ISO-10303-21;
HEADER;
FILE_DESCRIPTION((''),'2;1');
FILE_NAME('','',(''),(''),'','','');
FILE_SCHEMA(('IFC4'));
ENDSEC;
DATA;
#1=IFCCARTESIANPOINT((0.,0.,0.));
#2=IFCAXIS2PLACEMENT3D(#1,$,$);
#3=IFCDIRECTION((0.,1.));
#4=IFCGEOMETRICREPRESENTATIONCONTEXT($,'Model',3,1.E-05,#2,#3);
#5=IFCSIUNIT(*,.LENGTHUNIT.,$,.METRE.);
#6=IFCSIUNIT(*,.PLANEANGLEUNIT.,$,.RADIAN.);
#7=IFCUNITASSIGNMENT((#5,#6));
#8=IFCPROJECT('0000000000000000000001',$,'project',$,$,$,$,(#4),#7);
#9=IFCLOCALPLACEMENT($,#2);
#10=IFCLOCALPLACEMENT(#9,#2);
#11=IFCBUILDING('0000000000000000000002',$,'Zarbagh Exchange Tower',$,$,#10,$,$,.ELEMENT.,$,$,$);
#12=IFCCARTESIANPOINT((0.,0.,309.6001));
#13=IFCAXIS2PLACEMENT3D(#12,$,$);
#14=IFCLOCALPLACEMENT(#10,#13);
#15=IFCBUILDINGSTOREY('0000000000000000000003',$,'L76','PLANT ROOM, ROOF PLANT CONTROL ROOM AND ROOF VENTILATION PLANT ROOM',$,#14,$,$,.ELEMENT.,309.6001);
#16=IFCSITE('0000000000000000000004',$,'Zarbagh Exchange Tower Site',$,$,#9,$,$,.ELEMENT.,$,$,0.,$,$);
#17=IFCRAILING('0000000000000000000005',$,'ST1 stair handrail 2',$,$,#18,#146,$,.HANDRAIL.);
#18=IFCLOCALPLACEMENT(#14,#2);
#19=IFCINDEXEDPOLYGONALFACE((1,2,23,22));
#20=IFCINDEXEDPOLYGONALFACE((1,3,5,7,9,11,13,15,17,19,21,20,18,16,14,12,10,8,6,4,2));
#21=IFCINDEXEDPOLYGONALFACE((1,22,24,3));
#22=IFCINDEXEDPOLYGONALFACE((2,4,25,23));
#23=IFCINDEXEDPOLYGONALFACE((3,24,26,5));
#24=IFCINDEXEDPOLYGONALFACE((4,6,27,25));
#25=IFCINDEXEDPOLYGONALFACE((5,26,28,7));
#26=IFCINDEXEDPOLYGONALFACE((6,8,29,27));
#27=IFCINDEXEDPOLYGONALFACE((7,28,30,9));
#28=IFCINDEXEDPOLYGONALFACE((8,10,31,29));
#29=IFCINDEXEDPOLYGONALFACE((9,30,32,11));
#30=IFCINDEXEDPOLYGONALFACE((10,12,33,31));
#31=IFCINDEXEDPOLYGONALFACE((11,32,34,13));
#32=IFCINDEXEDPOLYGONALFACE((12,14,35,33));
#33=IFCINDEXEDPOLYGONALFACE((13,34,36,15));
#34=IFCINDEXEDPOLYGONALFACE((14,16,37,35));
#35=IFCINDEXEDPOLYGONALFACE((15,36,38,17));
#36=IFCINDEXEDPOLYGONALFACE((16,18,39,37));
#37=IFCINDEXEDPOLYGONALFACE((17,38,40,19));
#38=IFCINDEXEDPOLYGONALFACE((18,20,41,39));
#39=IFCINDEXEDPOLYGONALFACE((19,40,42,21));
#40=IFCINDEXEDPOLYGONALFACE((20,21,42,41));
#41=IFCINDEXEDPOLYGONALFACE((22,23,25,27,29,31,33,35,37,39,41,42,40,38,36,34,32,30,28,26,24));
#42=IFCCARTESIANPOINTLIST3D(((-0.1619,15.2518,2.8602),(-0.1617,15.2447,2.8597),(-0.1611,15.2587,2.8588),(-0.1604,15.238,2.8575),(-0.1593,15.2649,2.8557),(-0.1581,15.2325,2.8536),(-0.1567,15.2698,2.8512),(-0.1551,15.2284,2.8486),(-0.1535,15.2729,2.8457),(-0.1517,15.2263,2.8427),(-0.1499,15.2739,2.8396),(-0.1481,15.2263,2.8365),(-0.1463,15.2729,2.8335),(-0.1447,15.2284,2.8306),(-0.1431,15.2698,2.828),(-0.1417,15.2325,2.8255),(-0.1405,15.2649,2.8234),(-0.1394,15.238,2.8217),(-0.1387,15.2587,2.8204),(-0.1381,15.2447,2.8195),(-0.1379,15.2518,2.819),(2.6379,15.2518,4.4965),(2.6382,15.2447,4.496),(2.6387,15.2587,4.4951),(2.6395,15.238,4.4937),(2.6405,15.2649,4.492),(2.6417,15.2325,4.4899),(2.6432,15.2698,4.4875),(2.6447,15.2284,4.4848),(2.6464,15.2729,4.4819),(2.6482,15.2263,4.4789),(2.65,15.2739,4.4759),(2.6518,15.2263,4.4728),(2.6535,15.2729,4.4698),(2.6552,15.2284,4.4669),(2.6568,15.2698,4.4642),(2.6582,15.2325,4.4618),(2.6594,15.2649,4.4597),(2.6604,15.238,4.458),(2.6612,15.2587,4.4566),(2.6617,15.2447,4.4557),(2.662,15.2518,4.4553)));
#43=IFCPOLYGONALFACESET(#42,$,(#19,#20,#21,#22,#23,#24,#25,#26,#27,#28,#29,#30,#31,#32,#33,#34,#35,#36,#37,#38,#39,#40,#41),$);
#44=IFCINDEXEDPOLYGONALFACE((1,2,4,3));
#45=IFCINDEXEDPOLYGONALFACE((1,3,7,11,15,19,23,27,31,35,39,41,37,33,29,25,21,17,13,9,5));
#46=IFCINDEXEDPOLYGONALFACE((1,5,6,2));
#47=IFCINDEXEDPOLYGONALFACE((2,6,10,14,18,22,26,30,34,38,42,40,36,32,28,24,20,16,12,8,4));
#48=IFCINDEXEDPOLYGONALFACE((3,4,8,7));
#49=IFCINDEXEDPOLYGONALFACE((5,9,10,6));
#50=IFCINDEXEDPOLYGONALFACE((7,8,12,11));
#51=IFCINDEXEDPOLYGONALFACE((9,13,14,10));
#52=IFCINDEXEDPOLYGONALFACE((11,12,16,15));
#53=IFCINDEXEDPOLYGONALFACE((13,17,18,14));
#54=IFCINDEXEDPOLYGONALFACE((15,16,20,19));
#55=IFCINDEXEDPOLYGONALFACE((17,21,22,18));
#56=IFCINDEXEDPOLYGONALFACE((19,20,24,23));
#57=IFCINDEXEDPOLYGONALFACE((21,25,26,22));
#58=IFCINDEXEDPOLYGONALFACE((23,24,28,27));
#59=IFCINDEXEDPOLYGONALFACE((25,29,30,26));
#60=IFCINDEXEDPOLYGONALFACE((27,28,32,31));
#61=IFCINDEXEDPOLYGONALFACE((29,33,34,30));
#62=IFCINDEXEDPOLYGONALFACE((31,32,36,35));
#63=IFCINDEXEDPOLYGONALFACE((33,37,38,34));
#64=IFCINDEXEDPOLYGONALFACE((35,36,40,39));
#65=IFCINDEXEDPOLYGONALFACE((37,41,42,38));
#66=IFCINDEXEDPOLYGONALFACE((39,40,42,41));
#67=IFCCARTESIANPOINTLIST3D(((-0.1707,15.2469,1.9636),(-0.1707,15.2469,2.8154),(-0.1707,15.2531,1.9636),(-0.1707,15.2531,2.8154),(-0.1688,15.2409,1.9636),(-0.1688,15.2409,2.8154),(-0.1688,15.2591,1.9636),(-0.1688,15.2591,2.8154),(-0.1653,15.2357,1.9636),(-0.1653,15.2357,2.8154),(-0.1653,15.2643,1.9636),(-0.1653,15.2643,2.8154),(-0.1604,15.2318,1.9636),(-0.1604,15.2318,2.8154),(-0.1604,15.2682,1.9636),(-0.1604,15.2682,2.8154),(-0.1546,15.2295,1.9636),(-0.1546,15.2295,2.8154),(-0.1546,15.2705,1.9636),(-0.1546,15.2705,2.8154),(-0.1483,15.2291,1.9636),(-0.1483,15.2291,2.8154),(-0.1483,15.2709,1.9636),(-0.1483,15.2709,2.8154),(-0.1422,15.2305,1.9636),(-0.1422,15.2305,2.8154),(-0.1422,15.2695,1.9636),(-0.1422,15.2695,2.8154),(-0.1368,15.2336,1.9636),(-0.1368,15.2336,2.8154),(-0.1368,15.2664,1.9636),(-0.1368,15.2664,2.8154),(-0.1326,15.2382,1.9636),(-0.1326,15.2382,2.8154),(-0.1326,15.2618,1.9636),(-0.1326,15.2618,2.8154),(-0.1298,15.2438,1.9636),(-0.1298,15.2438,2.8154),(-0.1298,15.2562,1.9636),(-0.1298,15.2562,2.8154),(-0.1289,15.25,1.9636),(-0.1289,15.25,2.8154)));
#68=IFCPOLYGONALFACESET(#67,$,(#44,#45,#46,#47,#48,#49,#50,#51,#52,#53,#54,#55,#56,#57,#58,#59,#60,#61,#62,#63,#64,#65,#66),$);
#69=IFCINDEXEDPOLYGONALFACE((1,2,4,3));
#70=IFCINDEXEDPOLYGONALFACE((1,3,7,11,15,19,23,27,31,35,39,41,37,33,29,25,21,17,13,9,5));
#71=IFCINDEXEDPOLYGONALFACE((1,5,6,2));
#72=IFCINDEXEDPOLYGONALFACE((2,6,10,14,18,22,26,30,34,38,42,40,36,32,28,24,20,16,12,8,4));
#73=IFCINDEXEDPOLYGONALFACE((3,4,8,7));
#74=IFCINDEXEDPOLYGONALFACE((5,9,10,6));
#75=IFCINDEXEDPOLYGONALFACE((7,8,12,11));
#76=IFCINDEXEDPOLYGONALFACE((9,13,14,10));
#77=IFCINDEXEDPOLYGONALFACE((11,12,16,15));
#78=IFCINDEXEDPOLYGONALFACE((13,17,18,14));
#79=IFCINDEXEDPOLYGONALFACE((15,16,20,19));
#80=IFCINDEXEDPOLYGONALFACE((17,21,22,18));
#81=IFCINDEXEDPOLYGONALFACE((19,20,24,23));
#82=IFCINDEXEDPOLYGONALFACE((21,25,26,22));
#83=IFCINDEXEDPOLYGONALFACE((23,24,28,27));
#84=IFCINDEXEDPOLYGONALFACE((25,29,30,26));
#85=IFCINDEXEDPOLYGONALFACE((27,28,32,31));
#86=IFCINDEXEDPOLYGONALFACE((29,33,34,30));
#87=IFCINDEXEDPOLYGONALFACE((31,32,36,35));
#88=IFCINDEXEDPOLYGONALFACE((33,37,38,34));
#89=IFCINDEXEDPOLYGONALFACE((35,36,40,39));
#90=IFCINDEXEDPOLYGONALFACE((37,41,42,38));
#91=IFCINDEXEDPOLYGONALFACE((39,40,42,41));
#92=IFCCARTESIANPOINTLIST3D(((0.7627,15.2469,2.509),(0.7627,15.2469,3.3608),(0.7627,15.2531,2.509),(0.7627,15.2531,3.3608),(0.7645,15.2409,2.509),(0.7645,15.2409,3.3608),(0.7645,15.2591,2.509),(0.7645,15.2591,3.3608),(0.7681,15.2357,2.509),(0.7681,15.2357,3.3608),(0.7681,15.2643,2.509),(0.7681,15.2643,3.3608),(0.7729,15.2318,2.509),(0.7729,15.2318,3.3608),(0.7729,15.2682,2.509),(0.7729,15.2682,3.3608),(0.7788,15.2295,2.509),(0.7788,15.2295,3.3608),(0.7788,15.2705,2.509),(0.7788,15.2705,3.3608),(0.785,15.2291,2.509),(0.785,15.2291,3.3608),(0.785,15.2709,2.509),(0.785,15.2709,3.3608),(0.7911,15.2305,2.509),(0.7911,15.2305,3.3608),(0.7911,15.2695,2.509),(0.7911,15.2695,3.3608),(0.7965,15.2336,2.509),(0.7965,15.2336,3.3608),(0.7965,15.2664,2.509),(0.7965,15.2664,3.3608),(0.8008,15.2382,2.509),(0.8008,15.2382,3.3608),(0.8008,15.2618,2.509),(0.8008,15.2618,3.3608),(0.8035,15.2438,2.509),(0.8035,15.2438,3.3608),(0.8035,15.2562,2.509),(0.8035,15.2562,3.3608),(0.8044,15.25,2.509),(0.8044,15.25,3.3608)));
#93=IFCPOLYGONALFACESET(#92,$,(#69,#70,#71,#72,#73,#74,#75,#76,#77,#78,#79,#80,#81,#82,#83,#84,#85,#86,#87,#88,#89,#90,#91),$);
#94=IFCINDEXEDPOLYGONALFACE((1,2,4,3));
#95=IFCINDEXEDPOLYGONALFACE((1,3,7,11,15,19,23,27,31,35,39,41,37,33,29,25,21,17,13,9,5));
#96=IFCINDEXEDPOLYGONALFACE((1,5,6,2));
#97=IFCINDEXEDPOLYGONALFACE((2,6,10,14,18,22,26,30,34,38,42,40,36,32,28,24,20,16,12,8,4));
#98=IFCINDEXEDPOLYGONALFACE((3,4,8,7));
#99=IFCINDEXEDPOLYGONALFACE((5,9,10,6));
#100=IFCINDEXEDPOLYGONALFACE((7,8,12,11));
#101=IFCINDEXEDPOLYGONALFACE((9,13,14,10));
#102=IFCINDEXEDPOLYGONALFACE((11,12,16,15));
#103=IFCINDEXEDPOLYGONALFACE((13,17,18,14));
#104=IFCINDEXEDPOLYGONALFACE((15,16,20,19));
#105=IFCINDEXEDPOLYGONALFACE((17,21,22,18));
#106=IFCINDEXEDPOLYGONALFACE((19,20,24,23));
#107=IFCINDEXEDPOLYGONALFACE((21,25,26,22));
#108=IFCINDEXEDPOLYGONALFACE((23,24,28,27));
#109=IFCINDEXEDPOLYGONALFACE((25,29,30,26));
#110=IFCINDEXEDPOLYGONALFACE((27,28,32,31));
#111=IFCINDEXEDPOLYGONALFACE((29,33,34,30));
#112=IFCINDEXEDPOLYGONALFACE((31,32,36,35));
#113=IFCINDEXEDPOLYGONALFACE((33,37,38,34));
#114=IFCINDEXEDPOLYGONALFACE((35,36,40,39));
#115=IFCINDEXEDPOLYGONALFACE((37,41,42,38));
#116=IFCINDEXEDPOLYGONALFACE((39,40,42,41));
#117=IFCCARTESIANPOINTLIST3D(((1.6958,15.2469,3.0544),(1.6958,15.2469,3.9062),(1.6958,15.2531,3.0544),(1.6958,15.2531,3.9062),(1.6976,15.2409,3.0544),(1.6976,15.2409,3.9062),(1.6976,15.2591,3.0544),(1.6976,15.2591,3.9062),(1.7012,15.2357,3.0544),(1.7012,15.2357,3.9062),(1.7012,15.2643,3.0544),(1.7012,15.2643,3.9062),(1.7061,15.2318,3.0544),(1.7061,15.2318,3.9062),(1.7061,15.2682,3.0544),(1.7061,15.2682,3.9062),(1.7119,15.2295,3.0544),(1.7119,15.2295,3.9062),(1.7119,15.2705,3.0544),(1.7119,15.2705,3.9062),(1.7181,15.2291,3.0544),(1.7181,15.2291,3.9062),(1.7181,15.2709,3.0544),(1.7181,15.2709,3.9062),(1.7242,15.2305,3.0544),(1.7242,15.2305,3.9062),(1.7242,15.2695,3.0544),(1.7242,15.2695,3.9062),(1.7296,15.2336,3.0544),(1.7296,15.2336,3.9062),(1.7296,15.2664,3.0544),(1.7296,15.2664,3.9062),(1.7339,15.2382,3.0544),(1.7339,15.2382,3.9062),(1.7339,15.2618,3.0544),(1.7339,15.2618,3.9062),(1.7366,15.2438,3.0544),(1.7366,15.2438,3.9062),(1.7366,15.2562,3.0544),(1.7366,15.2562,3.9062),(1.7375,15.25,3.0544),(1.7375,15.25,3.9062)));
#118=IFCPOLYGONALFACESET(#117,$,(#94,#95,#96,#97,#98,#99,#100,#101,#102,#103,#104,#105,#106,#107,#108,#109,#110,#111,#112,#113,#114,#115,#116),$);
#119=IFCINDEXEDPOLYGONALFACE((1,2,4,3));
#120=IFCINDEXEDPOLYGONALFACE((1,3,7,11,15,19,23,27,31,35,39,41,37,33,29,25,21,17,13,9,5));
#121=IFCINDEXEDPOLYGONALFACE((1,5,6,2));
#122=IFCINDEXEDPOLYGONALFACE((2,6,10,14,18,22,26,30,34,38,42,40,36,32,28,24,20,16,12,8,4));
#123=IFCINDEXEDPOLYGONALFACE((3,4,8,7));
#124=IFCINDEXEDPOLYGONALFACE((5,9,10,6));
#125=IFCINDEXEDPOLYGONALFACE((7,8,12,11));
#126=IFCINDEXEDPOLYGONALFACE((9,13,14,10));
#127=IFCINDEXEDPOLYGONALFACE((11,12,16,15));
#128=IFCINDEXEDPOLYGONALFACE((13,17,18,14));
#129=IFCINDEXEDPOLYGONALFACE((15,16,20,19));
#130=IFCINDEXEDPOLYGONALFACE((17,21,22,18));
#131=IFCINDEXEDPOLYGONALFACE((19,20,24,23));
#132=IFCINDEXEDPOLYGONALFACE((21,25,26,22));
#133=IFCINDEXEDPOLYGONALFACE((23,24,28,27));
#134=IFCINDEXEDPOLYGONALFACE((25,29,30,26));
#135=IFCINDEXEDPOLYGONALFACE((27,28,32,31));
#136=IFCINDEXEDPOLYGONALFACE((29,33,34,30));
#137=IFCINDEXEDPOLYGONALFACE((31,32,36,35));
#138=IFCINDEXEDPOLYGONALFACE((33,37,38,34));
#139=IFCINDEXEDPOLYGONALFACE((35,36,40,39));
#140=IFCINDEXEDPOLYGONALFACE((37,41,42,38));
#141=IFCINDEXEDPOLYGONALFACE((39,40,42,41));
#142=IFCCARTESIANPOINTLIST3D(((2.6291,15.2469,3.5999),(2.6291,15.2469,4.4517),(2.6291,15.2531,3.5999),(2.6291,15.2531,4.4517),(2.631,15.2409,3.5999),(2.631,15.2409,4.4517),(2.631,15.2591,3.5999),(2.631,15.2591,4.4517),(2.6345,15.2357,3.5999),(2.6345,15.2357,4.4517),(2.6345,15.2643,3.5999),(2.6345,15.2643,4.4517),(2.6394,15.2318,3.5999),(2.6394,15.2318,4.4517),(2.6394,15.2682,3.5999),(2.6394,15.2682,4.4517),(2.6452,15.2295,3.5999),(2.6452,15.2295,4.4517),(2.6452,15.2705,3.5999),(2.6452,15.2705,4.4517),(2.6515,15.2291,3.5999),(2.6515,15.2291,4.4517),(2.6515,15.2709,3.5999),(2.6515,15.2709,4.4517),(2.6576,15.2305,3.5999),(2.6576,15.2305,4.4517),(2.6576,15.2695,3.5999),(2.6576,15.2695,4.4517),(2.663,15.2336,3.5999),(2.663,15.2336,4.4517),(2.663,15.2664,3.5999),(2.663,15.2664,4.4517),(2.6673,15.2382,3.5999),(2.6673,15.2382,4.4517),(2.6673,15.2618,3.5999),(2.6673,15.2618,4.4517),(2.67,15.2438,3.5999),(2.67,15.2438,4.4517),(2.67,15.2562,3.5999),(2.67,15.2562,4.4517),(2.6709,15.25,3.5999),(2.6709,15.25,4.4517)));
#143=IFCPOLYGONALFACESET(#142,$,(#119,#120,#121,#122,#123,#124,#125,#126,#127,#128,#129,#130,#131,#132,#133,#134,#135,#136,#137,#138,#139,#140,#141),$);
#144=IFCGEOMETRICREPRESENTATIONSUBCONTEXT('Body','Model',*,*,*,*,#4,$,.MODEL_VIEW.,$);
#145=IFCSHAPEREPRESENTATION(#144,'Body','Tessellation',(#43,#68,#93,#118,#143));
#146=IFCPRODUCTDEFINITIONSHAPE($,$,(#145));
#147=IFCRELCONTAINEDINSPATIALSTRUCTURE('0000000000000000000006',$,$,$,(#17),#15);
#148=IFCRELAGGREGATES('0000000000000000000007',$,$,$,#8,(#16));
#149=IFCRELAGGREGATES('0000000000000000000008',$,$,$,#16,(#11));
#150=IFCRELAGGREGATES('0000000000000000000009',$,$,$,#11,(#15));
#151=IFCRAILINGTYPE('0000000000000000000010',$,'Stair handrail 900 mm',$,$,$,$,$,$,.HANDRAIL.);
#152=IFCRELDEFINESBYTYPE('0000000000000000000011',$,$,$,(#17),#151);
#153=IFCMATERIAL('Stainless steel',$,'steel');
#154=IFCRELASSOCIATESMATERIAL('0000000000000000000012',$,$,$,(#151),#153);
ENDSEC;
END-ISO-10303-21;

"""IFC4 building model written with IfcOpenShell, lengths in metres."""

from ifc_helpers import new_model, si_unit, direction, frame, origin, origin_2d, place, context, subcontext, project, spatial, circle, extrude, material, type_object, element, save


model = new_model("IFC4")

# Units and contexts
model_context = context("Model", 3, precision=1e-05, world=origin(), true_north=direction((0.0, 1.0)))
body_context = subcontext(model_context, "Body", "Model", "MODEL_VIEW")
ifc_project = project(units=[si_unit("LENGTHUNIT", "METRE"), si_unit("PLANEANGLEUNIT", "RADIAN")], contexts=[model_context])

# Site, building, storey
site_placement = place(None, origin())
site = spatial("IfcSite", under=ifc_project, at=site_placement, Name="Zarbagh Exchange Tower Site", CompositionType="ELEMENT", RefElevation=0.0)
building_placement = place(site_placement, origin())
building = spatial("IfcBuilding", under=site, at=building_placement, Name="Zarbagh Exchange Tower", CompositionType="ELEMENT")
storey_placement = place(building_placement, frame((0.0, 0.0, 309.6001)))
storey = spatial("IfcBuildingStorey", under=building, at=storey_placement, Name="L76", Description="PLANT ROOM, ROOF PLANT CONTROL ROOM AND ROOF VENTILATION PLANT ROOM", CompositionType="ELEMENT", Elevation=309.6001)

# Shared definitions
ifc_material_1 = material(Name="Stainless steel", Category="steel")

# Railing
railing_type_1 = type_object("IfcRailingType", Name="Stair handrail 900 mm", PredefinedType="HANDRAIL", material=ifc_material_1)
railing_1_placement = place(storey_placement, frame((-0.1499, 15.25, 1.9636)))
element("IfcRailing", 1, at=railing_1_placement, inside=storey, type_object=railing_type_1, Name="ST1 stair handrail 2", PredefinedType="HANDRAIL", context=body_context, shape_type="SweptSolid", body=[
    extrude(circle(Radius=0.0239, at=origin_2d()), frame((0.0, 0.0, 0.876), z_axis=(0.863374, 0.0, 0.504564), x_axis=(0.0, 1.0, 0.0)), (0.0, 0.0, 1.0), 3.2429),
    extrude(circle(Radius=0.021, at=origin_2d()), origin(), (0.0, 0.0, 1.0), 0.8518),
    extrude(circle(Radius=0.021, at=origin_2d()), frame((0.9333, 0.0, 0.5454)), (0.0, 0.0, 1.0), 0.8518),
    extrude(circle(Radius=0.021, at=origin_2d()), frame((1.8665, 0.0, 1.0908)), (0.0, 0.0, 1.0), 0.8518),
    extrude(circle(Radius=0.021, at=origin_2d()), frame((2.7998, 0.0, 1.6362)), (0.0, 0.0, 1.0), 0.8518),
])

save(model, "model.ifc")
